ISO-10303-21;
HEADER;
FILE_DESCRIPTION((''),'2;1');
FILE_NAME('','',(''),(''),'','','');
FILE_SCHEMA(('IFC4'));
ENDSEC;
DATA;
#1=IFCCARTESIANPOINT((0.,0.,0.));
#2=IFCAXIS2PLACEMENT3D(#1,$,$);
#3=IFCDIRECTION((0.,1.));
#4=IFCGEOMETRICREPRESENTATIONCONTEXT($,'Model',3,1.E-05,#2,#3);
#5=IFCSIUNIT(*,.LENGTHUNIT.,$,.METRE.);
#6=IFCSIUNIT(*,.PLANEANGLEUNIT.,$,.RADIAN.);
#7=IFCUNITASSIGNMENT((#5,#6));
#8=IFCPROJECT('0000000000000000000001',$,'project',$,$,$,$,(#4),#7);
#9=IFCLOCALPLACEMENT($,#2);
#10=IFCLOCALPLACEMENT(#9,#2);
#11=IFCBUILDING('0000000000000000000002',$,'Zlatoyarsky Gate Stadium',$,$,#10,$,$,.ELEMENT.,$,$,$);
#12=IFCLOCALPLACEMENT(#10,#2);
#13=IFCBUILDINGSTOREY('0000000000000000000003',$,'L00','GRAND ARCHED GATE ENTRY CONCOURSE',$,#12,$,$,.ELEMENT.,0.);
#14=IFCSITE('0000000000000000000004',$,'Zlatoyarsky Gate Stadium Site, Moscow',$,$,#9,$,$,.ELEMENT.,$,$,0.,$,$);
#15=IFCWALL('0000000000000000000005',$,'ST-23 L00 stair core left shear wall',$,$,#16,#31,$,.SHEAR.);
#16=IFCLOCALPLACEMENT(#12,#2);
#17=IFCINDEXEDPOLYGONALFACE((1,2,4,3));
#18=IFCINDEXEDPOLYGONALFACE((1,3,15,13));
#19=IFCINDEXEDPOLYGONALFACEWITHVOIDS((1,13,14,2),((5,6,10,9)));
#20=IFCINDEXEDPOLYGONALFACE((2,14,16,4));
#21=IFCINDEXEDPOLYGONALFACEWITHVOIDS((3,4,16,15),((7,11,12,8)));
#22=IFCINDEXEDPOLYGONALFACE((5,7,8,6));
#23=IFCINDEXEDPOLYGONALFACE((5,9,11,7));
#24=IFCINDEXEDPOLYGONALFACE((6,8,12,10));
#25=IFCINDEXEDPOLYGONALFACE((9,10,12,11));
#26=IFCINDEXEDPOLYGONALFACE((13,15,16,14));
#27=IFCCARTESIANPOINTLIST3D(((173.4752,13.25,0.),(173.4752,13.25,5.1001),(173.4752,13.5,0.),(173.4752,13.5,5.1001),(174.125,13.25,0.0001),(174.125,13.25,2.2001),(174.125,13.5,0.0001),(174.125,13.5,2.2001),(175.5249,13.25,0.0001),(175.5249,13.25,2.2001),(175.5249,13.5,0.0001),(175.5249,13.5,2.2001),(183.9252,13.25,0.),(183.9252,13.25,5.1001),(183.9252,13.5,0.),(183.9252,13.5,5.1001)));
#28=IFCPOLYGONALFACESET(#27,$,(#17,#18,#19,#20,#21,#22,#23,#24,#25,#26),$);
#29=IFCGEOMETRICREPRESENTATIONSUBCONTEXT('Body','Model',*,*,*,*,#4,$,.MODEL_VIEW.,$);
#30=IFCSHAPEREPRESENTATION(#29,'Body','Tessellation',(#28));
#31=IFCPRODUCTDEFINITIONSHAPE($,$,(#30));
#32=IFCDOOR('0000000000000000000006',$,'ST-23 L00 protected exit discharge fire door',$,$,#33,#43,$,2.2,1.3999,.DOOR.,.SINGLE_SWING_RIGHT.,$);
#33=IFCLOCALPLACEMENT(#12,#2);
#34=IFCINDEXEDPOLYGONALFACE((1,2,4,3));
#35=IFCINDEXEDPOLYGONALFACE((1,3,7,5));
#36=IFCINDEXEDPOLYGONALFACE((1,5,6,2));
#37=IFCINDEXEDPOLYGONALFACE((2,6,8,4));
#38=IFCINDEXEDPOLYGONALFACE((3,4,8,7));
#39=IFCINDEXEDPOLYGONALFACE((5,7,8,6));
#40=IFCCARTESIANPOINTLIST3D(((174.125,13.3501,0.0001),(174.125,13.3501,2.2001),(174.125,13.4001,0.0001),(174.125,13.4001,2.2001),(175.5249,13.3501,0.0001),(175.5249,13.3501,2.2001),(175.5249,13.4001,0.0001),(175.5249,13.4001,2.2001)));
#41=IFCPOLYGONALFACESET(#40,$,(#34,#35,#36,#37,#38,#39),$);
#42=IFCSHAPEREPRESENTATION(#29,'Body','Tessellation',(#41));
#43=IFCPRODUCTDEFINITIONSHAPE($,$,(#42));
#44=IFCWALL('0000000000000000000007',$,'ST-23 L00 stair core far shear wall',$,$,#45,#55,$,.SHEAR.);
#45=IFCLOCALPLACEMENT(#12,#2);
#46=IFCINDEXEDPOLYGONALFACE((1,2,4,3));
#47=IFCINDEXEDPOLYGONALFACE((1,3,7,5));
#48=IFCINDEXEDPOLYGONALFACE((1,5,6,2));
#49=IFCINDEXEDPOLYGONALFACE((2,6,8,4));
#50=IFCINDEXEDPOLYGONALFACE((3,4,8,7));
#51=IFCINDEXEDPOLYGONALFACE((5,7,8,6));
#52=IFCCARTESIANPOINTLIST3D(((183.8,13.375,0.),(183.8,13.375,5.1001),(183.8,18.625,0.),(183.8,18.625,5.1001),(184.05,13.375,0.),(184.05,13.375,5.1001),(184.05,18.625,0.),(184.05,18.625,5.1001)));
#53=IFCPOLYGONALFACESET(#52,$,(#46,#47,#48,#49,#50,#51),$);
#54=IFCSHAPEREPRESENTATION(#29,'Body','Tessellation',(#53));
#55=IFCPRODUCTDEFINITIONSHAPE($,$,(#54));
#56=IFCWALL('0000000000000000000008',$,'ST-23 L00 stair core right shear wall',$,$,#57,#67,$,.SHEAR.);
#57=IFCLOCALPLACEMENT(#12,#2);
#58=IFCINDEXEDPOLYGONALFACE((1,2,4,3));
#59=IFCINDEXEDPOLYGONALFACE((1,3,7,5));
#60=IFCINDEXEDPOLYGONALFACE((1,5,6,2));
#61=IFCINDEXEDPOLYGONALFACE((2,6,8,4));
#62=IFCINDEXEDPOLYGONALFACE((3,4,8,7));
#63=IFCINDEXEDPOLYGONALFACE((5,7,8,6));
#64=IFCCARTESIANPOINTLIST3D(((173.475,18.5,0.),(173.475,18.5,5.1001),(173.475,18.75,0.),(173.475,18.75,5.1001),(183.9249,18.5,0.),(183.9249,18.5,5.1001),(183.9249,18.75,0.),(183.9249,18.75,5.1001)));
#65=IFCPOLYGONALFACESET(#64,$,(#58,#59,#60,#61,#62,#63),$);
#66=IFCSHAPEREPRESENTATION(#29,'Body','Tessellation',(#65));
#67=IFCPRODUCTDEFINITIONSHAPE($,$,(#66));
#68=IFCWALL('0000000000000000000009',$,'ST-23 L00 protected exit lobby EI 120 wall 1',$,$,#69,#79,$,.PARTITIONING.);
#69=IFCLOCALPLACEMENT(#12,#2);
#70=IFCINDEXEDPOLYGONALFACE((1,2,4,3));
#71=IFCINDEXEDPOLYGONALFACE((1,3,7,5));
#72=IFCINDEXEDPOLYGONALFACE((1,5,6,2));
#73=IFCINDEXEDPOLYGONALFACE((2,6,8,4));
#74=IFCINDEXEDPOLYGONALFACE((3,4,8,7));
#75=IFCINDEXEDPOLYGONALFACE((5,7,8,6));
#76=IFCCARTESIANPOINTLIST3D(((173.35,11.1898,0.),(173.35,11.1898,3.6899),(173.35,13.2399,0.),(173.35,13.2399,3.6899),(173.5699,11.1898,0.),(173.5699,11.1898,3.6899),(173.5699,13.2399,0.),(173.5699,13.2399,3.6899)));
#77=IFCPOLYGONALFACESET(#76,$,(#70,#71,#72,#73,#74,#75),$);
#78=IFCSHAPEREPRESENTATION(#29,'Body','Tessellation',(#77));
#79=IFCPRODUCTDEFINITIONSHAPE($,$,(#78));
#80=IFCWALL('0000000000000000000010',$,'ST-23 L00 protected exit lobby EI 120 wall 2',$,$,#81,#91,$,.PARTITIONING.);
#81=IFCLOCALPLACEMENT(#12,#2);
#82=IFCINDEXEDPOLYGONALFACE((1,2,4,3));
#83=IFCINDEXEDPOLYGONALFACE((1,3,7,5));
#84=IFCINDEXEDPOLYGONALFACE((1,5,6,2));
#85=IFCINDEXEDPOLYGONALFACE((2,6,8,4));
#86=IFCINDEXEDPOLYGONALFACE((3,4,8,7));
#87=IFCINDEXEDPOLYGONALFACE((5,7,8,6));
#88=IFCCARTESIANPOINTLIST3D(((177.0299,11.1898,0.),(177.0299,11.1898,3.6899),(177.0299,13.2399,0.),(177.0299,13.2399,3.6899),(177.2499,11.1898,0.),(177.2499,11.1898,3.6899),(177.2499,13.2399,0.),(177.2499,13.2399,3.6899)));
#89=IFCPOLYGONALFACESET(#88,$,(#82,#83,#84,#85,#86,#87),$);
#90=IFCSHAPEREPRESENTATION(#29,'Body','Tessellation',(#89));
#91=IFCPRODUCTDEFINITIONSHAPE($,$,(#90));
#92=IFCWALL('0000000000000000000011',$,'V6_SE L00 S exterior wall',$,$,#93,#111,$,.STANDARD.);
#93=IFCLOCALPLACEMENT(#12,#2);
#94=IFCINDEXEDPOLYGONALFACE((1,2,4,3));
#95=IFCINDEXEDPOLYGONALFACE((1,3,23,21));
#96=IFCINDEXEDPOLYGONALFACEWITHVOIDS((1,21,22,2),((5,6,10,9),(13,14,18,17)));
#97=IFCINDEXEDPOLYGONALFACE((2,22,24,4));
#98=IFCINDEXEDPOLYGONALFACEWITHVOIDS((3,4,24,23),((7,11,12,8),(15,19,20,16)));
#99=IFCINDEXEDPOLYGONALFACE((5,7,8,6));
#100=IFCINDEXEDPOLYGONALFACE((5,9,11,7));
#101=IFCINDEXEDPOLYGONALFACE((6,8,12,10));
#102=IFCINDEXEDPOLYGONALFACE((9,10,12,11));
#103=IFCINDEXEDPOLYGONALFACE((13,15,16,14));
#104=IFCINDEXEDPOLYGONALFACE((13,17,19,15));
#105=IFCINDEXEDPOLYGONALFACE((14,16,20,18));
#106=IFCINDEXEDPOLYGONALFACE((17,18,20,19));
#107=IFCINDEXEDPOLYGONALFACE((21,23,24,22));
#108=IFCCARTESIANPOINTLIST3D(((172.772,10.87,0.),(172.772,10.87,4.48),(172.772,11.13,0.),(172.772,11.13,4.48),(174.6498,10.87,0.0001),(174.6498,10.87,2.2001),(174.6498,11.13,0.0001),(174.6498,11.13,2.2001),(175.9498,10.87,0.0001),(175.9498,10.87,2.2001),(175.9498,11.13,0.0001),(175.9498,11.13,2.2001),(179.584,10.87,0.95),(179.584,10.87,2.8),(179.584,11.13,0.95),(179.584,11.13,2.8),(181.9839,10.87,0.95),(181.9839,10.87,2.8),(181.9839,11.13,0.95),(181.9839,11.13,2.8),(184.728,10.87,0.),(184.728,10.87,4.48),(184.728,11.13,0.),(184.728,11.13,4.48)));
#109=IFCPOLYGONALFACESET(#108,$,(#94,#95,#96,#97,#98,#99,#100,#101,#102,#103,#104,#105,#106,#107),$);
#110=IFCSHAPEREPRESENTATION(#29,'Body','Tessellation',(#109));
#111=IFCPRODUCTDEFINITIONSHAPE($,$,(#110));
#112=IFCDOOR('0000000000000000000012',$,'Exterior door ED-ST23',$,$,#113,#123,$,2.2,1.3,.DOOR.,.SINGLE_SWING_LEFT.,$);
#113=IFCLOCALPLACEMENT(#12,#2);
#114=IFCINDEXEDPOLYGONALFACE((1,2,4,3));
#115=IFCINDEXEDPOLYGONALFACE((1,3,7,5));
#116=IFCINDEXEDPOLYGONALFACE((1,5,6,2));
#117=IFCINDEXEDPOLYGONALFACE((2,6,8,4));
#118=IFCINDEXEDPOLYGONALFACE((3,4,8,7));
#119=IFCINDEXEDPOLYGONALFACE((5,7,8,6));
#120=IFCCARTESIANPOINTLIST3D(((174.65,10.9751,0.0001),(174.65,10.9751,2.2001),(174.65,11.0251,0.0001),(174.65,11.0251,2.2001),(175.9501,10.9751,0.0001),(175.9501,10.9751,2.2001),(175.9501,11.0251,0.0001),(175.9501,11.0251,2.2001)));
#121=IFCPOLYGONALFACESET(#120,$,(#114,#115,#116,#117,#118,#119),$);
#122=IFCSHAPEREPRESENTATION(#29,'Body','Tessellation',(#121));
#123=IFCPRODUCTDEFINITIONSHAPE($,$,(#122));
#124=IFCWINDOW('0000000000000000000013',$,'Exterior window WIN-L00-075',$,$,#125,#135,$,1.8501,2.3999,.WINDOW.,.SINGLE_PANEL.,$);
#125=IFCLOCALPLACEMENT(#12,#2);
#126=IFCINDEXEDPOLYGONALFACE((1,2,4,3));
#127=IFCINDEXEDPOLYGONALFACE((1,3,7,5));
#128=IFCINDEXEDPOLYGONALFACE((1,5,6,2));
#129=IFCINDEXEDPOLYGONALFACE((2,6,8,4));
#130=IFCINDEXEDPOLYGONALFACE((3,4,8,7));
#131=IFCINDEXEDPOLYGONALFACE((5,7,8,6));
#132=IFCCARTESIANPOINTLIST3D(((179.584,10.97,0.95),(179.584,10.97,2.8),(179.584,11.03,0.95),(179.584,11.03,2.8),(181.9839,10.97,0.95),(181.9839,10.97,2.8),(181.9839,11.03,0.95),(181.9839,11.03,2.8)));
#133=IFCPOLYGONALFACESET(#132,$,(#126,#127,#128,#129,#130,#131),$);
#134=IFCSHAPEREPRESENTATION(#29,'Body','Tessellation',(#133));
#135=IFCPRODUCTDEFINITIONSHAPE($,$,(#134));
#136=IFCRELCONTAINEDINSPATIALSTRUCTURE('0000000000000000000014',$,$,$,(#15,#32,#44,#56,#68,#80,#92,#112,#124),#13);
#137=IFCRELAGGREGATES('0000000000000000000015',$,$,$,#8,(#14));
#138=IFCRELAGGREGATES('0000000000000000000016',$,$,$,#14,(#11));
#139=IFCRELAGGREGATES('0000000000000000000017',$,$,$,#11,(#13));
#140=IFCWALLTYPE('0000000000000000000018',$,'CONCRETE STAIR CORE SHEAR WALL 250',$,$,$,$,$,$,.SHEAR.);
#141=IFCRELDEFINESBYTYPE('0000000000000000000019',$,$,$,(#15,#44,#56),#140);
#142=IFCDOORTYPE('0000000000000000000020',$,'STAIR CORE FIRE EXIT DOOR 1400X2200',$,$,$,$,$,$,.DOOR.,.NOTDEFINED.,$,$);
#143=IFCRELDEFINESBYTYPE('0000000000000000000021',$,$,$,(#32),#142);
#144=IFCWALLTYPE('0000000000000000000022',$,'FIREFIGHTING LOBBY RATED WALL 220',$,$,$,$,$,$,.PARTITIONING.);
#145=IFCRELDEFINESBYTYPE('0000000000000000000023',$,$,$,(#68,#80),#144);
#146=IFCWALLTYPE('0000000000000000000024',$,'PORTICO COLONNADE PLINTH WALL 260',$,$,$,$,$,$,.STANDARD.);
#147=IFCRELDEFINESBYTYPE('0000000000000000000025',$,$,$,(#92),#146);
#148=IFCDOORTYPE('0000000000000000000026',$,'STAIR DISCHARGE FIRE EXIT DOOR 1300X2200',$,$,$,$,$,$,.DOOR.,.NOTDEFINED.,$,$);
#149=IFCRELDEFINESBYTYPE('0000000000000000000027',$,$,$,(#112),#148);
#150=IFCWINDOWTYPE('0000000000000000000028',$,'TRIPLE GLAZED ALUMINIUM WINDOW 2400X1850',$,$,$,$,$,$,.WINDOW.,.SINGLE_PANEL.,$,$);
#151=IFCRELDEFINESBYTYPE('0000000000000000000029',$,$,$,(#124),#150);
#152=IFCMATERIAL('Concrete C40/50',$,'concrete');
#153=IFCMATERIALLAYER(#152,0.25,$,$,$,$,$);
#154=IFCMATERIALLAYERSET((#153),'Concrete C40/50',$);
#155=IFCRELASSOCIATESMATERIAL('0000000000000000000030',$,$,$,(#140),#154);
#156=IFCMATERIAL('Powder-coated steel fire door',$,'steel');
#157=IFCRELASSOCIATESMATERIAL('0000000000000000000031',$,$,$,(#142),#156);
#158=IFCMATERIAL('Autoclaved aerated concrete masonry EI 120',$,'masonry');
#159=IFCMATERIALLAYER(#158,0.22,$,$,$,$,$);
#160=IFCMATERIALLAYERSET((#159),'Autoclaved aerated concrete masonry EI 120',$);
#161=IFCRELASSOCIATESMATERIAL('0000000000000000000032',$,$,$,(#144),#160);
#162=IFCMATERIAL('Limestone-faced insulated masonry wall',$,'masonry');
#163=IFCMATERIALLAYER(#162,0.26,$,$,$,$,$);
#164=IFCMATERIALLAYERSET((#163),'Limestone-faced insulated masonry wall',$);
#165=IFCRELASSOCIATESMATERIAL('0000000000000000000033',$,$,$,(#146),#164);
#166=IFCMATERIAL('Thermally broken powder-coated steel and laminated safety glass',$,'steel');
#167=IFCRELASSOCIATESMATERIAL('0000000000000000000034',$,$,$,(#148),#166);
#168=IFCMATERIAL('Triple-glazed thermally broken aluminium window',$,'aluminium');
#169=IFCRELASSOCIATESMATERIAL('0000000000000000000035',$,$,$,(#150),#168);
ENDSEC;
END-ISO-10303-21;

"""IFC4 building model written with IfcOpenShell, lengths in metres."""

from ifc_helpers import new_model, si_unit, direction, frame, frame_2d, origin, place, context, subcontext, project, spatial, rectangle, extrude, material, layer, layer_set, type_object, element, fill, save


model = new_model("IFC4")

# Units and contexts
model_context = context("Model", 3, precision=1e-05, world=origin(), true_north=direction((0.0, 1.0)))
body_context = subcontext(model_context, "Body", "Model", "MODEL_VIEW")
ifc_project = project(units=[si_unit("LENGTHUNIT", "METRE"), si_unit("PLANEANGLEUNIT", "RADIAN")], contexts=[model_context])

# Site, building, storey
site_placement = place(None, origin())
site = spatial("IfcSite", under=ifc_project, at=site_placement, Name="Zlatoyarsky Gate Stadium Site, Moscow", CompositionType="ELEMENT", RefElevation=0.0)
building_placement = place(site_placement, origin())
building = spatial("IfcBuilding", under=site, at=building_placement, Name="Zlatoyarsky Gate Stadium", CompositionType="ELEMENT")
storey_placement = place(building_placement, origin())
storey = spatial("IfcBuildingStorey", under=building, at=storey_placement, Name="L00", Description="GRAND ARCHED GATE ENTRY CONCOURSE", CompositionType="ELEMENT", Elevation=0.0)

# Shared definitions
ifc_material_1 = material(Name="Concrete C40/50", Category="concrete")

# Shared definitions
ifc_layer_1 = layer(ifc_material_1, 0.25)
ifc_layer_set_1 = layer_set([ifc_layer_1], Name="Concrete C40/50")
wall_type_1 = type_object("IfcWallType", Name="CONCRETE STAIR CORE SHEAR WALL 250", PredefinedType="SHEAR", material=ifc_layer_set_1)

# Wall, opening, door
wall_1_placement = place(storey_placement, frame((173.4751, 13.375, 0.0), z_axis=(0.0, 0.0, 1.0), x_axis=(1.0, 0.0, 0.0)))
wall_1 = element("IfcWall", 1, at=wall_1_placement, inside=storey, type_object=wall_type_1, Name="ST-23 L00 stair core left shear wall", PredefinedType="SHEAR", context=body_context, shape_type="SweptSolid", body=[
    extrude(rectangle(XDim=10.45, YDim=0.25, at=frame_2d((5.2251, 0.0))), origin(), (0.0, 0.0, 1.0), 5.1001),
])
opening_1_placement = place(wall_1_placement, frame((0.6499, 0.0, 0.0)))
opening_1 = element("IfcOpeningElement", 2, at=opening_1_placement, cuts=wall_1, PredefinedType="OPENING", context=body_context, shape_type="SweptSolid", body=[
    extrude(rectangle(XDim=1.3999, YDim=2.2, at=frame_2d((0.7, 1.1001))), frame((0.0, 0.135, 0.0), z_axis=(0.0, -1.0, 0.0), x_axis=(1.0, 0.0, 0.0)), (0.0, 0.0, 1.0), 0.27),
])
ifc_material_2 = material(Name="Powder-coated steel fire door", Category="steel")
door_type_1 = type_object("IfcDoorType", Name="STAIR CORE FIRE EXIT DOOR 1400X2200", OperationType="NOTDEFINED", PredefinedType="DOOR", material=ifc_material_2)
door_1_placement = place(opening_1_placement, frame((1.3999, 0.0, 0.0), z_axis=(0.0, 0.0, 1.0), x_axis=(-1.0, 0.0, 0.0)))
door_1 = element("IfcDoor", 3, at=door_1_placement, inside=storey, type_object=door_type_1, Name="ST-23 L00 protected exit discharge fire door", OperationType="SINGLE_SWING_RIGHT", OverallHeight=2.2, OverallWidth=1.3999, PredefinedType="DOOR", context=body_context, shape_type="SweptSolid", body=[
    extrude(rectangle(XDim=1.3999, YDim=2.2, at=frame_2d((0.7, 1.1001))), frame((0.0, 0.0249, 0.0), z_axis=(0.0, -1.0, 0.0), x_axis=(1.0, 0.0, 0.0)), (0.0, 0.0, 1.0), 0.05),
])
fill(opening_1, door_1)

# Walls
wall_2_placement = place(storey_placement, frame((183.925, 13.375, 0.0), z_axis=(0.0, 0.0, 1.0), x_axis=(0.0, 1.0, 0.0)))
element("IfcWall", 4, at=wall_2_placement, inside=storey, type_object=wall_type_1, Name="ST-23 L00 stair core far shear wall", PredefinedType="SHEAR", context=body_context, shape_type="SweptSolid", body=[
    extrude(rectangle(XDim=5.25, YDim=0.25, at=frame_2d((2.625, 0.0))), origin(), (0.0, 0.0, 1.0), 5.1001),
])
wall_3_placement = place(storey_placement, frame((183.925, 18.625, 0.0), z_axis=(0.0, 0.0, 1.0), x_axis=(-1.0, 0.0, 0.0)))
element("IfcWall", 5, at=wall_3_placement, inside=storey, type_object=wall_type_1, Name="ST-23 L00 stair core right shear wall", PredefinedType="SHEAR", context=body_context, shape_type="SweptSolid", body=[
    extrude(rectangle(XDim=10.45, YDim=0.25, at=frame_2d((5.2251, 0.0))), origin(), (0.0, 0.0, 1.0), 5.1001),
])
ifc_material_3 = material(Name="Autoclaved aerated concrete masonry EI 120", Category="masonry")
ifc_layer_2 = layer(ifc_material_3, 0.22)
ifc_layer_set_2 = layer_set([ifc_layer_2], Name="Autoclaved aerated concrete masonry EI 120")
wall_type_2 = type_object("IfcWallType", Name="FIREFIGHTING LOBBY RATED WALL 220", PredefinedType="PARTITIONING", material=ifc_layer_set_2)
for number, where, z_axis, x_axis, name in (
    (6, (173.46, 11.1899, 0.0), (0.0, 0.0, 1.0), (0.0, 1.0, 0.0), "ST-23 L00 protected exit lobby EI 120 wall 1"),
    (7, (177.1399, 11.1899, 0.0), (0.0, 0.0, 1.0), (0.0, 1.0, 0.0), "ST-23 L00 protected exit lobby EI 120 wall 2"),
):
    element("IfcWall", number, at=place(storey_placement, frame(where, z_axis=z_axis, x_axis=x_axis)), inside=storey, type_object=wall_type_2, Name=name, PredefinedType="PARTITIONING", context=body_context, shape_type="SweptSolid", body=[
        extrude(rectangle(XDim=2.05, YDim=0.22, at=frame_2d((1.0249, 0.0))), origin(), (0.0, 0.0, 1.0), 3.6899),
    ])

# Wall, openings, door, window
ifc_material_4 = material(Name="Limestone-faced insulated masonry wall", Category="masonry")
ifc_layer_3 = layer(ifc_material_4, 0.26)
ifc_layer_set_3 = layer_set([ifc_layer_3], Name="Limestone-faced insulated masonry wall")
wall_type_3 = type_object("IfcWallType", Name="PORTICO COLONNADE PLINTH WALL 260", PredefinedType="STANDARD", material=ifc_layer_set_3)
wall_4_placement = place(storey_placement, frame((172.772, 11.0, 0.0), z_axis=(0.0, 0.0, 1.0), x_axis=(1.0, 0.0, 0.0)))
wall_4 = element("IfcWall", 8, at=wall_4_placement, inside=storey, type_object=wall_type_3, Name="V6_SE L00 S exterior wall", PredefinedType="STANDARD", context=body_context, shape_type="SweptSolid", body=[
    extrude(rectangle(XDim=11.9561, YDim=0.26, at=frame_2d((5.978, 0.0))), origin(), (0.0, 0.0, 1.0), 4.48),
])
opening_2_placement = place(wall_4_placement, frame((1.8779, 0.0, 0.0)))
opening_2 = element("IfcOpeningElement", 9, at=opening_2_placement, cuts=wall_4, PredefinedType="OPENING", context=body_context, shape_type="SweptSolid", body=[
    extrude(rectangle(XDim=1.3, YDim=2.2, at=frame_2d((0.6499, 1.1001))), frame((0.0, 0.1399, 0.0), z_axis=(0.0, -1.0, 0.0), x_axis=(1.0, 0.0, 0.0)), (0.0, 0.0, 1.0), 0.28),
])
opening_3_placement = place(wall_4_placement, frame((6.812, 0.0, 0.95)))
opening_3 = element("IfcOpeningElement", 10, at=opening_3_placement, cuts=wall_4, PredefinedType="OPENING", context=body_context, shape_type="SweptSolid", body=[
    extrude(rectangle(XDim=2.3999, YDim=1.8501, at=frame_2d((1.2, 0.925))), frame((0.0, 0.1399, 0.0), z_axis=(0.0, -1.0, 0.0), x_axis=(1.0, 0.0, 0.0)), (0.0, 0.0, 1.0), 0.28),
])
ifc_material_5 = material(Name="Thermally broken powder-coated steel and laminated safety glass", Category="steel")
door_type_2 = type_object("IfcDoorType", Name="STAIR DISCHARGE FIRE EXIT DOOR 1300X2200", OperationType="NOTDEFINED", PredefinedType="DOOR", material=ifc_material_5)
door_2_placement = place(opening_2_placement, frame((1.3, 0.0, 0.0), z_axis=(0.0, 0.0, 1.0), x_axis=(-1.0, 0.0, 0.0)))
door_2 = element("IfcDoor", 11, at=door_2_placement, inside=storey, type_object=door_type_2, Name="Exterior door ED-ST23", OperationType="SINGLE_SWING_LEFT", OverallHeight=2.2, OverallWidth=1.3, PredefinedType="DOOR", context=body_context, shape_type="SweptSolid", body=[
    extrude(rectangle(XDim=1.3, YDim=2.2, at=frame_2d((0.6499, 1.1001))), frame((0.0, 0.0249, 0.0), z_axis=(0.0, -1.0, 0.0), x_axis=(1.0, 0.0, 0.0)), (0.0, 0.0, 1.0), 0.05),
])
fill(opening_2, door_2)
ifc_material_6 = material(Name="Triple-glazed thermally broken aluminium window", Category="aluminium")
window_type = type_object("IfcWindowType", Name="TRIPLE GLAZED ALUMINIUM WINDOW 2400X1850", PartitioningType="SINGLE_PANEL", PredefinedType="WINDOW", material=ifc_material_6)
window_placement = place(opening_3_placement, origin())
window = element("IfcWindow", 12, at=window_placement, inside=storey, type_object=window_type, Name="Exterior window WIN-L00-075", OverallHeight=1.8501, OverallWidth=2.3999, PartitioningType="SINGLE_PANEL", PredefinedType="WINDOW", context=body_context, shape_type="SweptSolid", body=[
    extrude(rectangle(XDim=2.3999, YDim=1.8501, at=frame_2d((1.2, 0.925))), frame((0.0, 0.03, 0.0), z_axis=(0.0, -1.0, 0.0), x_axis=(1.0, 0.0, 0.0)), (0.0, 0.0, 1.0), 0.0601),
])
fill(opening_3, window)

save(model, "model.ifc")
